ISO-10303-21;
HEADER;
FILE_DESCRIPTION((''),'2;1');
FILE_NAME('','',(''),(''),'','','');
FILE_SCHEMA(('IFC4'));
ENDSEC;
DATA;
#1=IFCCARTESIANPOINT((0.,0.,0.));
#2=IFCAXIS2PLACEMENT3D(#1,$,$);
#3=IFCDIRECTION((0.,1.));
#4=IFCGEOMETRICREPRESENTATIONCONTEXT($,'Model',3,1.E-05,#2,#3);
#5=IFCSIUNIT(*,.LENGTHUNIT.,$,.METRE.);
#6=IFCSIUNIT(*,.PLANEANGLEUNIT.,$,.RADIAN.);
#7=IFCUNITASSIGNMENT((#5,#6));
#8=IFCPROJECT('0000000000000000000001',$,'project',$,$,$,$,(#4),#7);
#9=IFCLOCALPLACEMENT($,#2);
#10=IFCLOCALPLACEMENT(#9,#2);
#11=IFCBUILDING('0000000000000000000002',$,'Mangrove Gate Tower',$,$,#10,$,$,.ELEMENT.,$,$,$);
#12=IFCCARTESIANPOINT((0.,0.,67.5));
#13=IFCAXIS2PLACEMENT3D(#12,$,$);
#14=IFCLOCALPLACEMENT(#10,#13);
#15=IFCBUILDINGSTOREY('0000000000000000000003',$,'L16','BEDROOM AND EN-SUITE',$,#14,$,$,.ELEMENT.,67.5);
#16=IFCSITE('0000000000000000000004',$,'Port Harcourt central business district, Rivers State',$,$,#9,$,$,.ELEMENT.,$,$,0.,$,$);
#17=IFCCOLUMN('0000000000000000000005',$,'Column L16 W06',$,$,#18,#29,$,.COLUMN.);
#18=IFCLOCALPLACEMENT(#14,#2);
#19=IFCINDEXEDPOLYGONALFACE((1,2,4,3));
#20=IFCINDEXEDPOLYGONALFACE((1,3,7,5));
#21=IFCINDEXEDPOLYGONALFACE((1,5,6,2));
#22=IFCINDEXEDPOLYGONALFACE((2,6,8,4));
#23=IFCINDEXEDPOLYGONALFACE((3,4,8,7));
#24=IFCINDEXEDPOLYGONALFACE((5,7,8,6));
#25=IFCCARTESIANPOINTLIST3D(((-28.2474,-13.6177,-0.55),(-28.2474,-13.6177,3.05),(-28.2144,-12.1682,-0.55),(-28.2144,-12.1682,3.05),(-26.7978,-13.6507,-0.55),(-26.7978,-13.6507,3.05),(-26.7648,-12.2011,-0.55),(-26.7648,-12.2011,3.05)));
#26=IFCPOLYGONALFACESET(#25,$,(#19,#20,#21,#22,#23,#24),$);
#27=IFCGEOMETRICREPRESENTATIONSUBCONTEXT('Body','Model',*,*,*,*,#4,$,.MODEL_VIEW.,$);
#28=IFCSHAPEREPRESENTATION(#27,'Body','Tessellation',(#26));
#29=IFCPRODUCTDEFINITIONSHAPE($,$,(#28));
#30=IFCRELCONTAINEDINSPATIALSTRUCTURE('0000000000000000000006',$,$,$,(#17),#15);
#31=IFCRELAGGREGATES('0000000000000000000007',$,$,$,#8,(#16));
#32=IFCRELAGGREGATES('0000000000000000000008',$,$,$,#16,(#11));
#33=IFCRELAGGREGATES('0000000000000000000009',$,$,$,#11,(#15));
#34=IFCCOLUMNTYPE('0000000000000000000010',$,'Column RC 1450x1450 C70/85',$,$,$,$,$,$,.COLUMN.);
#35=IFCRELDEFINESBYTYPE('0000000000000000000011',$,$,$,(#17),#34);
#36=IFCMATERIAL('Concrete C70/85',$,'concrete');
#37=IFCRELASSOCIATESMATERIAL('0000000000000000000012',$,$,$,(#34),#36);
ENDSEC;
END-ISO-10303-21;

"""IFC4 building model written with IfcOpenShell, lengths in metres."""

from ifc_helpers import new_model, si_unit, direction, frame, origin, origin_2d, place, context, subcontext, project, spatial, rectangle, extrude, material, material_profile, profile_set, type_object, element, save


model = new_model("IFC4")

# Units and contexts
model_context = context("Model", 3, precision=1e-05, world=origin(), true_north=direction((0.0, 1.0)))
body_context = subcontext(model_context, "Body", "Model", "MODEL_VIEW")
ifc_project = project(units=[si_unit("LENGTHUNIT", "METRE"), si_unit("PLANEANGLEUNIT", "RADIAN")], contexts=[model_context])

# Site, building, storey
site_placement = place(None, origin())
site = spatial("IfcSite", under=ifc_project, at=site_placement, Name="Port Harcourt central business district, Rivers State", CompositionType="ELEMENT", RefElevation=0.0)
building_placement = place(site_placement, origin())
building = spatial("IfcBuilding", under=site, at=building_placement, Name="Mangrove Gate Tower", CompositionType="ELEMENT")
storey_placement = place(building_placement, frame((0.0, 0.0, 67.5)))
storey = spatial("IfcBuildingStorey", under=building, at=storey_placement, Name="L16", Description="BEDROOM AND EN-SUITE", CompositionType="ELEMENT", Elevation=67.5)

# Column
ifc_material_1 = material(Name="Concrete C70/85", Category="concrete")
ifc_material_profile = material_profile(ifc_material_1, rectangle(XDim=1.45, YDim=1.45, at=origin_2d()))
ifc_profile_set = profile_set([ifc_material_profile], Name="Concrete C70/85")
column_type = type_object("IfcColumnType", Name="Column RC 1450x1450 C70/85", PredefinedType="COLUMN", material=ifc_profile_set)
column_placement = place(storey_placement, frame((-27.5061, -12.9094, -0.55), z_axis=(0.0, 0.0, 1.0), x_axis=(-0.022712, -0.999742, 0.0)))
element("IfcColumn", 1, at=column_placement, inside=storey, type_object=column_type, Name="Column L16 W06", PredefinedType="COLUMN", context=body_context, shape_type="SweptSolid", body=[
    extrude(rectangle(XDim=1.45, YDim=1.45, at=origin_2d()), origin(), (0.0, 0.0, 1.0), 3.6001),
])

save(model, "model.ifc")
